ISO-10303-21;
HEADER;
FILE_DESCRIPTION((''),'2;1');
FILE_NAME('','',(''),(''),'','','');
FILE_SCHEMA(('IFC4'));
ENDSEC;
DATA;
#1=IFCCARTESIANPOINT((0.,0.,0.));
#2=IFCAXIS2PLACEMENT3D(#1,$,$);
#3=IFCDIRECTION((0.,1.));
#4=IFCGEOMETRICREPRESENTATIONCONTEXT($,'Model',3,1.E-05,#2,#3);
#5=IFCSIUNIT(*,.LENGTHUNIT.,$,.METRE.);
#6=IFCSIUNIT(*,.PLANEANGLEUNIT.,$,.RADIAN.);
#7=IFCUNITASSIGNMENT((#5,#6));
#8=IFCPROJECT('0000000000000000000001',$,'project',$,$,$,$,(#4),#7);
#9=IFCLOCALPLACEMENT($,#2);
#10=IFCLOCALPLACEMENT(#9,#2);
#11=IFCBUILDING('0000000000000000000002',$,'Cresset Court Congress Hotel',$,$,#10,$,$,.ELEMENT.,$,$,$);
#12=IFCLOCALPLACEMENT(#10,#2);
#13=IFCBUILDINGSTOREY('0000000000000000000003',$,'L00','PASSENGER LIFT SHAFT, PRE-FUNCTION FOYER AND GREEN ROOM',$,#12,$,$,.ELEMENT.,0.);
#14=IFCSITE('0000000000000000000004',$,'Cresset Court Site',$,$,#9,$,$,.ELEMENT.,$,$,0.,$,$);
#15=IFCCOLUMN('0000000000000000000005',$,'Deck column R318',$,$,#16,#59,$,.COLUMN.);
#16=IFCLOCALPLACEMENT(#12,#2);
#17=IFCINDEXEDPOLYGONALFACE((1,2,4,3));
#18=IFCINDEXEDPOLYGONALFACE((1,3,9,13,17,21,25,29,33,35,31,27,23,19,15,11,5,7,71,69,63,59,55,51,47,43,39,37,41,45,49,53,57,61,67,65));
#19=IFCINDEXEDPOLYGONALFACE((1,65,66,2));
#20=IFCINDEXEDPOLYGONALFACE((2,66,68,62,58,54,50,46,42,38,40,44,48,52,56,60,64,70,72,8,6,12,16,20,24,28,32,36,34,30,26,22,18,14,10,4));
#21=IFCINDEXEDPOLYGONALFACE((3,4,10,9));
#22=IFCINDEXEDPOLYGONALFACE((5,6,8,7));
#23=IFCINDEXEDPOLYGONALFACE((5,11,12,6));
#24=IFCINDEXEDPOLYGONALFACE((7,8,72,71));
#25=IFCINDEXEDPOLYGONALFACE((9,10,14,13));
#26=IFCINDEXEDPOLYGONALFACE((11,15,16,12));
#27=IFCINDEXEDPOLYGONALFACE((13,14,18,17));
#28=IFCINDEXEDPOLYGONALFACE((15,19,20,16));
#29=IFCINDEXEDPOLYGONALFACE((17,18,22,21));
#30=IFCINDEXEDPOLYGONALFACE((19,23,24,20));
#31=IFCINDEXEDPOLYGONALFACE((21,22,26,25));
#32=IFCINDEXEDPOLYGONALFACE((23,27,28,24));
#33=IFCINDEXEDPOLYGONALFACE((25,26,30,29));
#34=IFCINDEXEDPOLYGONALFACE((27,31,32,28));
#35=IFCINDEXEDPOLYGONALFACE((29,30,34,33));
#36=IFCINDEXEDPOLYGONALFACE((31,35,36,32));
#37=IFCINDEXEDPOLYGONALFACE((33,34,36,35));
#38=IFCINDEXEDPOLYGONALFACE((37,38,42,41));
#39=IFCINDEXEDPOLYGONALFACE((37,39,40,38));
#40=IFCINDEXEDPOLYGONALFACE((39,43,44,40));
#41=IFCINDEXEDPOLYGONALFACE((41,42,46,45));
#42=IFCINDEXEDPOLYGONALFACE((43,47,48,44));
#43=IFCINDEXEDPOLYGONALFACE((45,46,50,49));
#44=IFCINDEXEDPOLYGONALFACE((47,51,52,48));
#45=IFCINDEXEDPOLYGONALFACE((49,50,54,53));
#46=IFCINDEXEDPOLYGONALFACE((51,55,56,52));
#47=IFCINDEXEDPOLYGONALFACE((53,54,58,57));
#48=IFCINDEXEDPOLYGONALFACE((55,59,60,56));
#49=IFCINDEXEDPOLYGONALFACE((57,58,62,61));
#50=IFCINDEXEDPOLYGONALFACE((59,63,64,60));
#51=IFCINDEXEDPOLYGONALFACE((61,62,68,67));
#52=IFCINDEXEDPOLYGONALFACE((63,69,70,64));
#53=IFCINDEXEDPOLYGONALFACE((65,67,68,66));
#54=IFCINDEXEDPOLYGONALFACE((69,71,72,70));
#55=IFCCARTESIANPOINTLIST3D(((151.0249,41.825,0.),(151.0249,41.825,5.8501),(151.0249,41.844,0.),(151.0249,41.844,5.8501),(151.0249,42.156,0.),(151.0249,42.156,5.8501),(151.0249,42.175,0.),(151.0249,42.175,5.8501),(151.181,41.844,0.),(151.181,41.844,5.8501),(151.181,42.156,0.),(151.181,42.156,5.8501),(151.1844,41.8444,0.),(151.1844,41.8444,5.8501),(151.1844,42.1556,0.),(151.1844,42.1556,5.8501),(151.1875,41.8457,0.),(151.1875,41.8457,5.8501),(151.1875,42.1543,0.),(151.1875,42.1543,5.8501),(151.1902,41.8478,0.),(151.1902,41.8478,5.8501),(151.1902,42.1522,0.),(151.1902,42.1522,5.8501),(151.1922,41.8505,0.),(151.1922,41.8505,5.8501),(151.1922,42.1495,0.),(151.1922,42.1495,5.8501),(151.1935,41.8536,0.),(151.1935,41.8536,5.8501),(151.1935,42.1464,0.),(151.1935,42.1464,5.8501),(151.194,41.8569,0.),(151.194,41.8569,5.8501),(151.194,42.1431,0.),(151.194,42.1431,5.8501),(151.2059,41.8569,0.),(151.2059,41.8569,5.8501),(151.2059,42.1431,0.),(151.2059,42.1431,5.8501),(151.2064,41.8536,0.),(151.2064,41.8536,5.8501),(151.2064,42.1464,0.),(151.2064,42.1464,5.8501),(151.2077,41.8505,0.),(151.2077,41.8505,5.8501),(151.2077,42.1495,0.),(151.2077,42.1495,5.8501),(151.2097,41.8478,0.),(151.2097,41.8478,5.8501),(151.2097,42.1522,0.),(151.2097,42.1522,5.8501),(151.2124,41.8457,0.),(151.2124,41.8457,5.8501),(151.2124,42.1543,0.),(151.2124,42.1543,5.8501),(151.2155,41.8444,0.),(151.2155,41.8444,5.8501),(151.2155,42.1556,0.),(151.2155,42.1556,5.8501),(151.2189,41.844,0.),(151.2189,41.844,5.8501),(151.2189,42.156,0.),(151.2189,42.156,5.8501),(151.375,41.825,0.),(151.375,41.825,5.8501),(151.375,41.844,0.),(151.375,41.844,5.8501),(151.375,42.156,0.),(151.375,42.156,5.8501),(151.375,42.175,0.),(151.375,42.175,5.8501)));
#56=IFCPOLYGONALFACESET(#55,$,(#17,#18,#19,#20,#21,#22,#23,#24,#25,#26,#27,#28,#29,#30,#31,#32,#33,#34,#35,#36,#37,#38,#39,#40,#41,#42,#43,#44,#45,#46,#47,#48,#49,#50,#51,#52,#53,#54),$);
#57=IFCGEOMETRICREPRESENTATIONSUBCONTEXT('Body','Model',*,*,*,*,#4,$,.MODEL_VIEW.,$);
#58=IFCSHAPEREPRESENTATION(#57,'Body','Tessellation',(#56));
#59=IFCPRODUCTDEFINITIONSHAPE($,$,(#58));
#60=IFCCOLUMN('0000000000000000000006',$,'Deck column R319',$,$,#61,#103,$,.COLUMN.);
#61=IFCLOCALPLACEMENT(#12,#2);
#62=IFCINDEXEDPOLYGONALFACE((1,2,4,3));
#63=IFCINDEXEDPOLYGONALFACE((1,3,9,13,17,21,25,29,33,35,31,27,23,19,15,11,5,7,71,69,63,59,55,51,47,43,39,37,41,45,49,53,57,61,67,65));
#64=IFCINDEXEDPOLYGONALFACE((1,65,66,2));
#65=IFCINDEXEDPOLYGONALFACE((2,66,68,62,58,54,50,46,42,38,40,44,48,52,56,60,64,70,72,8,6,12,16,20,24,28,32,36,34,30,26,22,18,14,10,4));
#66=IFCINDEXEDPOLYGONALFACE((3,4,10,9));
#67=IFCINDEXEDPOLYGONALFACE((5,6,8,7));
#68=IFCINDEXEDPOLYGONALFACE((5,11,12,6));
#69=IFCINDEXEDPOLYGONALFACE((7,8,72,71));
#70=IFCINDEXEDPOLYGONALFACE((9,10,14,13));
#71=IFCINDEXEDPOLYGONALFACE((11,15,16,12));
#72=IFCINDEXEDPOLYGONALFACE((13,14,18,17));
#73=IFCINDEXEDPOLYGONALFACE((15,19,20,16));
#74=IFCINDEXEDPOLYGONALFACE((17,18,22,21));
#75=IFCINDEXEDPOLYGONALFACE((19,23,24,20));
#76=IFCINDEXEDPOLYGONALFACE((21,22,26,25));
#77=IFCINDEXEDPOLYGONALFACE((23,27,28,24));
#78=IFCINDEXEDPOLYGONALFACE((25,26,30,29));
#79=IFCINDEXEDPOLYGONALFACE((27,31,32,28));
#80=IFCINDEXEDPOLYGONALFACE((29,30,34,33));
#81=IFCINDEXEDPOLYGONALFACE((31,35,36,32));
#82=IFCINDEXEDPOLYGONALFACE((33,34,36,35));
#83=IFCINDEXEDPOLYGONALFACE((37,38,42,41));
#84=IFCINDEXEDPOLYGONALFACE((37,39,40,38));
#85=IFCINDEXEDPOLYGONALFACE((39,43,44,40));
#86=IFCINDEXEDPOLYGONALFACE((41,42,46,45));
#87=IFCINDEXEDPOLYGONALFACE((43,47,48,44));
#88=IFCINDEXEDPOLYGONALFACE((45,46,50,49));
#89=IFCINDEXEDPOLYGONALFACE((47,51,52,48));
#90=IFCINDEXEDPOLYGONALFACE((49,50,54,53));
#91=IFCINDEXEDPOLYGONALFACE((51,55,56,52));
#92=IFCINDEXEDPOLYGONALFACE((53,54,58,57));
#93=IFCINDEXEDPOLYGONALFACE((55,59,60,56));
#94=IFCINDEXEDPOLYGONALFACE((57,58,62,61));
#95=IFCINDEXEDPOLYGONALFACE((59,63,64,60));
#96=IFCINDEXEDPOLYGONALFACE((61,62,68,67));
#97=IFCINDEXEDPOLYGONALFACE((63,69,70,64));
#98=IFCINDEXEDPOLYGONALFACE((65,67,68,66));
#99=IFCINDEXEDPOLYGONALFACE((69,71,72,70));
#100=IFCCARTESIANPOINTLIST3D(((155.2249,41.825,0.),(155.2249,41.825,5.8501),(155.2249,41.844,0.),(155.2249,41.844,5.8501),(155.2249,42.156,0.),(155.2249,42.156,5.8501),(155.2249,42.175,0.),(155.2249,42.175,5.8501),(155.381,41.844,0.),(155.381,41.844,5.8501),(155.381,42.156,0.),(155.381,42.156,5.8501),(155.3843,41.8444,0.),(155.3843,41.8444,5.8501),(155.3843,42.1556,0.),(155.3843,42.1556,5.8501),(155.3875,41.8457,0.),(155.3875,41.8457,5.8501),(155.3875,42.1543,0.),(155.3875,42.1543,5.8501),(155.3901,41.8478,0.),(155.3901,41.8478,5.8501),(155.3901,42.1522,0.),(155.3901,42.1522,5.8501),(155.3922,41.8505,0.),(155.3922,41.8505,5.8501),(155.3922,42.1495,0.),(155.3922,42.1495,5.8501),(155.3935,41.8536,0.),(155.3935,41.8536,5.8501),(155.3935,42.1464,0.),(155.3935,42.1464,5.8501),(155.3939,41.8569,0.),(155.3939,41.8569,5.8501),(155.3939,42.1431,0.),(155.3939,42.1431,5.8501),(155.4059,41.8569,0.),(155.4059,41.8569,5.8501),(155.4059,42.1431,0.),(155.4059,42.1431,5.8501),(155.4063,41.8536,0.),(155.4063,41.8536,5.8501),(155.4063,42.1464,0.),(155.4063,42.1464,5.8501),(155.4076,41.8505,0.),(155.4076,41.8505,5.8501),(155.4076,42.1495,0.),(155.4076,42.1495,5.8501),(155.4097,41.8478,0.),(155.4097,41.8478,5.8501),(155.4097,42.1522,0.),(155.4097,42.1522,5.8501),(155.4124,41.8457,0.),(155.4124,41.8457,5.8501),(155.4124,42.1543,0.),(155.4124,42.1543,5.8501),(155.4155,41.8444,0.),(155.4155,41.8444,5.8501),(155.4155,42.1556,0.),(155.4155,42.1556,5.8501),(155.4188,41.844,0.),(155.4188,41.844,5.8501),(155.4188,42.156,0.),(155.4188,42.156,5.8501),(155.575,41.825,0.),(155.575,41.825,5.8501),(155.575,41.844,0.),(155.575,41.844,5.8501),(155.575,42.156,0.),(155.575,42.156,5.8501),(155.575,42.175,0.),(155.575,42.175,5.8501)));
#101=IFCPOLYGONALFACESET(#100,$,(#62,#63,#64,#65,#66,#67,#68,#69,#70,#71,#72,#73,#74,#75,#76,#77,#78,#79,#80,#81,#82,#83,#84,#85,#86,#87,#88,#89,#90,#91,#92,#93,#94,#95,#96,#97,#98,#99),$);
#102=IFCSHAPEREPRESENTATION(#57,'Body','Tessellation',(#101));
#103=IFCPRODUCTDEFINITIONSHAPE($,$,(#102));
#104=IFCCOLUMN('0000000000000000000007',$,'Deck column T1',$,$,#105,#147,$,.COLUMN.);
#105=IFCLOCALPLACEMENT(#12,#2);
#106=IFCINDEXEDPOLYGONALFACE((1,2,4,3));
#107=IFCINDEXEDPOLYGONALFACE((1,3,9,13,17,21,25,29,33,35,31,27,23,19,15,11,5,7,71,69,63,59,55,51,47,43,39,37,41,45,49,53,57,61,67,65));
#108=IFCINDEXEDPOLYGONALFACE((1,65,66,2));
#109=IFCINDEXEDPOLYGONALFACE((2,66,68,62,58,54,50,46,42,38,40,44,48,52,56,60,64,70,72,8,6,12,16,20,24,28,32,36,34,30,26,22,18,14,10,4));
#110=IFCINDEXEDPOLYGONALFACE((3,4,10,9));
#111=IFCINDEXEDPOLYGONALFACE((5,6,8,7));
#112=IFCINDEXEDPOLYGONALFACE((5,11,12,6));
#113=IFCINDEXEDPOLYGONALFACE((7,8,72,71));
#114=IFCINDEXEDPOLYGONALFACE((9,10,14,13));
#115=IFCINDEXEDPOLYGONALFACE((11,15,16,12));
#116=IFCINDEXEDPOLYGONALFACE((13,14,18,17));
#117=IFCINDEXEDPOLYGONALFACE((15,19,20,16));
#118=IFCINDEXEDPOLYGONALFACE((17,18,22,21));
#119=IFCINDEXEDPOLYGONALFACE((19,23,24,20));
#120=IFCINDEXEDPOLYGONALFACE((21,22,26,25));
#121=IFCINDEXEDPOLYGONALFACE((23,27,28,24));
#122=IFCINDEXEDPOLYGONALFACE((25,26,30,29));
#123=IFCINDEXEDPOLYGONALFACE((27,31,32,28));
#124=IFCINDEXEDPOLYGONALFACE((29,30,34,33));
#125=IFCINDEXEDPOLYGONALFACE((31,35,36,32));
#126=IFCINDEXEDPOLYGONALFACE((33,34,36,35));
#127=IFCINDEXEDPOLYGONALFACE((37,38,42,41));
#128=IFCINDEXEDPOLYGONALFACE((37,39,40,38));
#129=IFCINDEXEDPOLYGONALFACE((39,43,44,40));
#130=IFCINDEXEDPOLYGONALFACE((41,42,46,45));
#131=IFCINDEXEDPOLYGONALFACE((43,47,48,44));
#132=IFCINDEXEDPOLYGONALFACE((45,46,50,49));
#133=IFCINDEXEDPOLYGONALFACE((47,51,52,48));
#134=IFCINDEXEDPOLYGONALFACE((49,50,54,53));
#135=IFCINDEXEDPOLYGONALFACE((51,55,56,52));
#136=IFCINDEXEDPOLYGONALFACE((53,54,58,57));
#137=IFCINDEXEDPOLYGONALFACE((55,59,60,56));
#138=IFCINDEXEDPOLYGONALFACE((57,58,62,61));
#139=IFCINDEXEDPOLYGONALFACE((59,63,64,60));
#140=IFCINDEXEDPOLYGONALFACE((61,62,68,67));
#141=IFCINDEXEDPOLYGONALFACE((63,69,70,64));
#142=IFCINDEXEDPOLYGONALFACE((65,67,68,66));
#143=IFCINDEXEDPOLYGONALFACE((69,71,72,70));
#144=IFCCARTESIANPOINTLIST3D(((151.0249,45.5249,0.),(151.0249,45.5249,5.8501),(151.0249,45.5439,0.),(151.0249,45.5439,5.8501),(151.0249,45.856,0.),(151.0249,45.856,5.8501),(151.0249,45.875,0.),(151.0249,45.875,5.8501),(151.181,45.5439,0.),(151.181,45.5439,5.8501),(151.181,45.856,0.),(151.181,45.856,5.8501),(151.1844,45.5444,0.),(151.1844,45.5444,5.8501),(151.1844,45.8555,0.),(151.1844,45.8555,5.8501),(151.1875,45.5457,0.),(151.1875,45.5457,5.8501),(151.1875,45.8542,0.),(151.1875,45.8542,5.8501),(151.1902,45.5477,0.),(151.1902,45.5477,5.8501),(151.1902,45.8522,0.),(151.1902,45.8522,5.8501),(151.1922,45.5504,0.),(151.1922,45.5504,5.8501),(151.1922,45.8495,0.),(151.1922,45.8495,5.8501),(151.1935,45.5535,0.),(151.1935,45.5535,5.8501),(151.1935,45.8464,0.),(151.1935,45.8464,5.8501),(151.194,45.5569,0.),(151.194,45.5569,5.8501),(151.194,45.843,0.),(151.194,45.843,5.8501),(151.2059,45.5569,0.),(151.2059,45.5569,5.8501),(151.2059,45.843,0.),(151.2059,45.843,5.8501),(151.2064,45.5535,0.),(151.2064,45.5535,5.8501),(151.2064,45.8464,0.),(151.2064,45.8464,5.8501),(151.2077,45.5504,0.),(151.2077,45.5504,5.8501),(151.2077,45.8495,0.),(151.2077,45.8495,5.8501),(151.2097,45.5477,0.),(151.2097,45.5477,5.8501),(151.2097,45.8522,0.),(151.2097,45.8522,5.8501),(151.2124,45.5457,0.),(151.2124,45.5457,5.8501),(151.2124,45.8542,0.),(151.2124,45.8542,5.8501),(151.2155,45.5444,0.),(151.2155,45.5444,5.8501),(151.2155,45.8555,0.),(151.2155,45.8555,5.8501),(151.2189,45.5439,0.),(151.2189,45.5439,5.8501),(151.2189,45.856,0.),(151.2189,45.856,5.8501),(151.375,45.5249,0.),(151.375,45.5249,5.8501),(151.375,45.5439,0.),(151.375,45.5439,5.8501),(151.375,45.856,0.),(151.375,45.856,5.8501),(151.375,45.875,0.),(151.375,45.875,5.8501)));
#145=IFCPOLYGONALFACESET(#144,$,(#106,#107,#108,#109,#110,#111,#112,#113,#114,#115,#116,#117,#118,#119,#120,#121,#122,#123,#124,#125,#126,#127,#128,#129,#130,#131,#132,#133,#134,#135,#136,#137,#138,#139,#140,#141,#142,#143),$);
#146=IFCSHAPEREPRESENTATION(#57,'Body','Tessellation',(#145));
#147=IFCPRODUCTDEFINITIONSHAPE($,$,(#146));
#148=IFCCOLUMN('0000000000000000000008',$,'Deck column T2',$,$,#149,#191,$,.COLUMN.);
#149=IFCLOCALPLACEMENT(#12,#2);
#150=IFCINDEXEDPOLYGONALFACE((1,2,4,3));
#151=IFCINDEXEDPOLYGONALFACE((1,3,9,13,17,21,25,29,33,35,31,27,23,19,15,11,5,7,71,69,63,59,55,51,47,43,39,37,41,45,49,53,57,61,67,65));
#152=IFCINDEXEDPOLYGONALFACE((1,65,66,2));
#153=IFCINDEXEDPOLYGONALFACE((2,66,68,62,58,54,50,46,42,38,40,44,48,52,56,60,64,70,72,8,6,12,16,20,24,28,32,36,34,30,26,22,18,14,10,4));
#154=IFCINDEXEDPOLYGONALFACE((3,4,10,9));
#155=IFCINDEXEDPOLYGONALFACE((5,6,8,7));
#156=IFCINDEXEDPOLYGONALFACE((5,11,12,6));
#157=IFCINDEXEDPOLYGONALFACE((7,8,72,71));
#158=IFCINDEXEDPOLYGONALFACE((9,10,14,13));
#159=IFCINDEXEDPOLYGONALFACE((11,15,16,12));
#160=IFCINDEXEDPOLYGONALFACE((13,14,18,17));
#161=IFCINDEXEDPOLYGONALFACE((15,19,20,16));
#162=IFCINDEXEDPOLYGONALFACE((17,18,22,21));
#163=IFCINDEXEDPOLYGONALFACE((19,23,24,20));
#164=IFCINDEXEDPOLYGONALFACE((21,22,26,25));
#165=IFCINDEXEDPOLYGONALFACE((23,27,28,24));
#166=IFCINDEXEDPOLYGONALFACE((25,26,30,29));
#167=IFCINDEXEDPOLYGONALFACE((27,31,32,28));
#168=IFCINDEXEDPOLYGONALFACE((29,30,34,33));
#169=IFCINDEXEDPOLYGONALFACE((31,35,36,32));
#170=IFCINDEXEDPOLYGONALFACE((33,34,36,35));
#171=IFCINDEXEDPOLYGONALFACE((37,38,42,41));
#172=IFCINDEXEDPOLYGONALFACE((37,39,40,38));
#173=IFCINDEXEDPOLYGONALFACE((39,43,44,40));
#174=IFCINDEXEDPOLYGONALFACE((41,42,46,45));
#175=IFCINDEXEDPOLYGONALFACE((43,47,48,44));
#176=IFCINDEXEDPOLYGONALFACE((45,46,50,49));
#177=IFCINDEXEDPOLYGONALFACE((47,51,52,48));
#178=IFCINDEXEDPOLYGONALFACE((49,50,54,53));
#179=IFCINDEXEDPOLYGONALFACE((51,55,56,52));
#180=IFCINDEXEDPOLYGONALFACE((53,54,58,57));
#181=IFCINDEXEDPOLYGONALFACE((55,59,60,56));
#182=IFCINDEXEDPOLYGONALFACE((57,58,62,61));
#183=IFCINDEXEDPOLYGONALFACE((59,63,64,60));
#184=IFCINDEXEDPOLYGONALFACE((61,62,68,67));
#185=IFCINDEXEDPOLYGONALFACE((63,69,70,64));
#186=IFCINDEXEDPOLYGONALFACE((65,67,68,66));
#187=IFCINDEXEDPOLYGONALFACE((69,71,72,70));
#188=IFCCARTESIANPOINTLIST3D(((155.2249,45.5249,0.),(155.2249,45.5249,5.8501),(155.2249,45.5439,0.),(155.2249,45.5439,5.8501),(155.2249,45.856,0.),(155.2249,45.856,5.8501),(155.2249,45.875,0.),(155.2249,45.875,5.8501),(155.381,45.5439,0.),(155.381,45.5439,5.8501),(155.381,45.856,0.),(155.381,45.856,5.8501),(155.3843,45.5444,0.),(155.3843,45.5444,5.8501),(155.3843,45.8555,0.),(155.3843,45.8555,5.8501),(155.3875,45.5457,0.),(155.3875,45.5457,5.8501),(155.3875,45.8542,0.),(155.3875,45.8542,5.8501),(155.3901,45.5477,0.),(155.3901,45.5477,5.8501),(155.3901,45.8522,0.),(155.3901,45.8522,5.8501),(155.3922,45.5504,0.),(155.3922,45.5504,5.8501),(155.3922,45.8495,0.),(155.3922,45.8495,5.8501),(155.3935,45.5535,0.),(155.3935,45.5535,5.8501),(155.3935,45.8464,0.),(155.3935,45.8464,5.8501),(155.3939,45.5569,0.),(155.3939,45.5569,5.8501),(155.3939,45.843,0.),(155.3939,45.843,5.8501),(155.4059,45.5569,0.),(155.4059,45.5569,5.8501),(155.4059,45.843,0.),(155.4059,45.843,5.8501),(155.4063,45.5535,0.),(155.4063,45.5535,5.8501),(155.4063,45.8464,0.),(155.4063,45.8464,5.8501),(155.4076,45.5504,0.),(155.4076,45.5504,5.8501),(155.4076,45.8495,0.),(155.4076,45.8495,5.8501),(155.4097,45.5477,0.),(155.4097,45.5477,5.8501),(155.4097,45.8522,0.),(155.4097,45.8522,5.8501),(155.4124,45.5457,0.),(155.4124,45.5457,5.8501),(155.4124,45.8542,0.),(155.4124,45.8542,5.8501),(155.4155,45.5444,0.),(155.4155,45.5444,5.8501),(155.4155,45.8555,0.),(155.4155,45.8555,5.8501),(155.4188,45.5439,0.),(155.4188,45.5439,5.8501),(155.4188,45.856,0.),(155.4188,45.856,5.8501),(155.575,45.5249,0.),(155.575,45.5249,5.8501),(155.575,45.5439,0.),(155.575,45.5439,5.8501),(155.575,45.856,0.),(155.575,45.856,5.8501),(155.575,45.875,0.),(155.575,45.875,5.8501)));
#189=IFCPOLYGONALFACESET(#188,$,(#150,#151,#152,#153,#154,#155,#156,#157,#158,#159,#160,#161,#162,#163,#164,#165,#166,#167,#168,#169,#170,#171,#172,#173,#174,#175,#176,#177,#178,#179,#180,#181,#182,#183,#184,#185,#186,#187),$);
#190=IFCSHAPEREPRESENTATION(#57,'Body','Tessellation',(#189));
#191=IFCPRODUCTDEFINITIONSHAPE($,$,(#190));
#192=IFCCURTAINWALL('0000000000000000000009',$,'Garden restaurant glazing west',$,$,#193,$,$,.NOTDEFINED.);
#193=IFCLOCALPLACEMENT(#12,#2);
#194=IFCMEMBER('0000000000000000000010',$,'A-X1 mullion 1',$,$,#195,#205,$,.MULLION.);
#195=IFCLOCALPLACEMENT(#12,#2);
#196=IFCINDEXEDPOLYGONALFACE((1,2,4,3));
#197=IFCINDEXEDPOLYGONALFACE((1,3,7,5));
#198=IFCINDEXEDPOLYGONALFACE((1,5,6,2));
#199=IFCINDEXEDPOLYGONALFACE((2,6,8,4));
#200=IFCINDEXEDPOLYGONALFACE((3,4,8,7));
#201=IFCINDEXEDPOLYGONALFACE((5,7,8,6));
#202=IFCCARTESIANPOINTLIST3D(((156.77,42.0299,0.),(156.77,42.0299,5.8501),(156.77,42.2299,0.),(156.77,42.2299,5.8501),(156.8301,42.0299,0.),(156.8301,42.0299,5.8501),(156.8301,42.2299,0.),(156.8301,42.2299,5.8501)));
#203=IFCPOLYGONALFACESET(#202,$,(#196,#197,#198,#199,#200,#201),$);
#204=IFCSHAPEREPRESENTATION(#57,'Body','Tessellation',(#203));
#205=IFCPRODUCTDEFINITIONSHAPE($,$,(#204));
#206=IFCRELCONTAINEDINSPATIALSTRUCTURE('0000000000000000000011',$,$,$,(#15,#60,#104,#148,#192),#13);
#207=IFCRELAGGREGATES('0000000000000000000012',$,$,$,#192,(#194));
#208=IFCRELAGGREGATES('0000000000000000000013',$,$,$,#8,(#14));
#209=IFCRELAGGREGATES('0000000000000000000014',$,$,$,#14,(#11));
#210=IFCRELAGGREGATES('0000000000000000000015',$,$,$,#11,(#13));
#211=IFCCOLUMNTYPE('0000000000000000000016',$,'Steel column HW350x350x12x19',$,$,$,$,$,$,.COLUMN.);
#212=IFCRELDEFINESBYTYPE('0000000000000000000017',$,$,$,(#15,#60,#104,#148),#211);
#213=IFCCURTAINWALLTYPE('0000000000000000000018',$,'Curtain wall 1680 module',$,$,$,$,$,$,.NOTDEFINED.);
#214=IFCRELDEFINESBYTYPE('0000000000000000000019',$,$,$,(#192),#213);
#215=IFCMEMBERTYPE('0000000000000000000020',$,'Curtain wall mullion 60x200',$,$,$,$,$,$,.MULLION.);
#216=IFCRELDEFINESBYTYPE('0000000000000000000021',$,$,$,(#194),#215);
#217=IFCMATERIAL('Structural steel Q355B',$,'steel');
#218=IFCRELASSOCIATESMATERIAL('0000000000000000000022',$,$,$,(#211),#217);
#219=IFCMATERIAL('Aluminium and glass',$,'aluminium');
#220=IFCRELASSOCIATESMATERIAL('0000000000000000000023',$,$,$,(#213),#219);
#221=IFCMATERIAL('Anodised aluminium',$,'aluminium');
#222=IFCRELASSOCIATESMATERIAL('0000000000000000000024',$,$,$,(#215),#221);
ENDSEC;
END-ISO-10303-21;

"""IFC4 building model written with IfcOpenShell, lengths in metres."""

from ifc_helpers import new_model, si_unit, direction, frame, origin, origin_2d, place, context, subcontext, project, spatial, rectangle, i_section, extrude, material, material_profile, profile_set, type_object, element, aggregate, save


model = new_model("IFC4")

# Units and contexts
model_context = context("Model", 3, precision=1e-05, world=origin(), true_north=direction((0.0, 1.0)))
body_context = subcontext(model_context, "Body", "Model", "MODEL_VIEW")
ifc_project = project(units=[si_unit("LENGTHUNIT", "METRE"), si_unit("PLANEANGLEUNIT", "RADIAN")], contexts=[model_context])

# Site, building, storey
site_placement = place(None, origin())
site = spatial("IfcSite", under=ifc_project, at=site_placement, Name="Cresset Court Site", CompositionType="ELEMENT", RefElevation=0.0)
building_placement = place(site_placement, origin())
building = spatial("IfcBuilding", under=site, at=building_placement, Name="Cresset Court Congress Hotel", CompositionType="ELEMENT")
storey_placement = place(building_placement, origin())
storey = spatial("IfcBuildingStorey", under=building, at=storey_placement, Name="L00", Description="PASSENGER LIFT SHAFT, PRE-FUNCTION FOYER AND GREEN ROOM", CompositionType="ELEMENT", Elevation=0.0)

# Columns
ifc_material_1 = material(Name="Structural steel Q355B", Category="steel")
ifc_material_profile_1 = material_profile(ifc_material_1, i_section(OverallWidth=0.3501, OverallDepth=0.3501, WebThickness=0.012, FlangeThickness=0.019, FilletRadius=0.0129, at=origin_2d()), Name="HW350x350x12x19")
ifc_profile_set_1 = profile_set([ifc_material_profile_1], Name="Structural steel Q355B")
column_type = type_object("IfcColumnType", Name="Steel column HW350x350x12x19", PredefinedType="COLUMN", material=ifc_profile_set_1)
for number, where, z_axis, x_axis, name in (
    (1, (151.2, 42.0, 0.0), (0.0, 0.0, 1.0), (1.0, 0.0, 0.0), "Deck column R318"),
    (2, (155.3999, 42.0, 0.0), (0.0, 0.0, 1.0), (1.0, 0.0, 0.0), "Deck column R319"),
    (3, (151.2, 45.7, 0.0), (0.0, 0.0, 1.0), (1.0, 0.0, 0.0), "Deck column T1"),
    (4, (155.3999, 45.7, 0.0), (0.0, 0.0, 1.0), (1.0, 0.0, 0.0), "Deck column T2"),
):
    element("IfcColumn", number, at=place(storey_placement, frame(where, z_axis=z_axis, x_axis=x_axis)), inside=storey, type_object=column_type, Name=name, PredefinedType="COLUMN", context=body_context, shape_type="SweptSolid", body=[
        extrude(i_section(OverallWidth=0.3501, OverallDepth=0.3501, WebThickness=0.012, FlangeThickness=0.019, FilletRadius=0.0129, at=origin_2d()), origin(), (0.0, 0.0, 1.0), 5.8501),
    ])

# Curtain wall, member
ifc_material_2 = material(Name="Aluminium and glass", Category="aluminium")
curtain_wall_type = type_object("IfcCurtainWallType", Name="Curtain wall 1680 module", PredefinedType="NOTDEFINED", material=ifc_material_2)
curtain_wall_placement = place(storey_placement, origin())
curtain_wall = element("IfcCurtainWall", 5, at=curtain_wall_placement, inside=storey, type_object=curtain_wall_type, Name="Garden restaurant glazing west", PredefinedType="NOTDEFINED")
ifc_material_3 = material(Name="Anodised aluminium", Category="aluminium")
ifc_material_profile_2 = material_profile(ifc_material_3, rectangle(XDim=0.0601, YDim=0.2, at=origin_2d()), Name="RECT60x200")
ifc_profile_set_2 = profile_set([ifc_material_profile_2], Name="Anodised aluminium")
member_type_1 = type_object("IfcMemberType", Name="Curtain wall mullion 60x200", PredefinedType="MULLION", material=ifc_profile_set_2)
member_1_placement = place(storey_placement, frame((156.8, 42.1299, 0.0), z_axis=(0.0, 0.0, 1.0), x_axis=(-1.0, 0.0, 0.0)))
member_1 = element("IfcMember", 6, at=member_1_placement, type_object=member_type_1, Name="A-X1 mullion 1", PredefinedType="MULLION", context=body_context, shape_type="SweptSolid", body=[
    extrude(rectangle(XDim=0.0601, YDim=0.2, at=origin_2d()), origin(), (0.0, 0.0, 1.0), 5.8501),
])
aggregate(curtain_wall, [member_1])

save(model, "model.ifc")
